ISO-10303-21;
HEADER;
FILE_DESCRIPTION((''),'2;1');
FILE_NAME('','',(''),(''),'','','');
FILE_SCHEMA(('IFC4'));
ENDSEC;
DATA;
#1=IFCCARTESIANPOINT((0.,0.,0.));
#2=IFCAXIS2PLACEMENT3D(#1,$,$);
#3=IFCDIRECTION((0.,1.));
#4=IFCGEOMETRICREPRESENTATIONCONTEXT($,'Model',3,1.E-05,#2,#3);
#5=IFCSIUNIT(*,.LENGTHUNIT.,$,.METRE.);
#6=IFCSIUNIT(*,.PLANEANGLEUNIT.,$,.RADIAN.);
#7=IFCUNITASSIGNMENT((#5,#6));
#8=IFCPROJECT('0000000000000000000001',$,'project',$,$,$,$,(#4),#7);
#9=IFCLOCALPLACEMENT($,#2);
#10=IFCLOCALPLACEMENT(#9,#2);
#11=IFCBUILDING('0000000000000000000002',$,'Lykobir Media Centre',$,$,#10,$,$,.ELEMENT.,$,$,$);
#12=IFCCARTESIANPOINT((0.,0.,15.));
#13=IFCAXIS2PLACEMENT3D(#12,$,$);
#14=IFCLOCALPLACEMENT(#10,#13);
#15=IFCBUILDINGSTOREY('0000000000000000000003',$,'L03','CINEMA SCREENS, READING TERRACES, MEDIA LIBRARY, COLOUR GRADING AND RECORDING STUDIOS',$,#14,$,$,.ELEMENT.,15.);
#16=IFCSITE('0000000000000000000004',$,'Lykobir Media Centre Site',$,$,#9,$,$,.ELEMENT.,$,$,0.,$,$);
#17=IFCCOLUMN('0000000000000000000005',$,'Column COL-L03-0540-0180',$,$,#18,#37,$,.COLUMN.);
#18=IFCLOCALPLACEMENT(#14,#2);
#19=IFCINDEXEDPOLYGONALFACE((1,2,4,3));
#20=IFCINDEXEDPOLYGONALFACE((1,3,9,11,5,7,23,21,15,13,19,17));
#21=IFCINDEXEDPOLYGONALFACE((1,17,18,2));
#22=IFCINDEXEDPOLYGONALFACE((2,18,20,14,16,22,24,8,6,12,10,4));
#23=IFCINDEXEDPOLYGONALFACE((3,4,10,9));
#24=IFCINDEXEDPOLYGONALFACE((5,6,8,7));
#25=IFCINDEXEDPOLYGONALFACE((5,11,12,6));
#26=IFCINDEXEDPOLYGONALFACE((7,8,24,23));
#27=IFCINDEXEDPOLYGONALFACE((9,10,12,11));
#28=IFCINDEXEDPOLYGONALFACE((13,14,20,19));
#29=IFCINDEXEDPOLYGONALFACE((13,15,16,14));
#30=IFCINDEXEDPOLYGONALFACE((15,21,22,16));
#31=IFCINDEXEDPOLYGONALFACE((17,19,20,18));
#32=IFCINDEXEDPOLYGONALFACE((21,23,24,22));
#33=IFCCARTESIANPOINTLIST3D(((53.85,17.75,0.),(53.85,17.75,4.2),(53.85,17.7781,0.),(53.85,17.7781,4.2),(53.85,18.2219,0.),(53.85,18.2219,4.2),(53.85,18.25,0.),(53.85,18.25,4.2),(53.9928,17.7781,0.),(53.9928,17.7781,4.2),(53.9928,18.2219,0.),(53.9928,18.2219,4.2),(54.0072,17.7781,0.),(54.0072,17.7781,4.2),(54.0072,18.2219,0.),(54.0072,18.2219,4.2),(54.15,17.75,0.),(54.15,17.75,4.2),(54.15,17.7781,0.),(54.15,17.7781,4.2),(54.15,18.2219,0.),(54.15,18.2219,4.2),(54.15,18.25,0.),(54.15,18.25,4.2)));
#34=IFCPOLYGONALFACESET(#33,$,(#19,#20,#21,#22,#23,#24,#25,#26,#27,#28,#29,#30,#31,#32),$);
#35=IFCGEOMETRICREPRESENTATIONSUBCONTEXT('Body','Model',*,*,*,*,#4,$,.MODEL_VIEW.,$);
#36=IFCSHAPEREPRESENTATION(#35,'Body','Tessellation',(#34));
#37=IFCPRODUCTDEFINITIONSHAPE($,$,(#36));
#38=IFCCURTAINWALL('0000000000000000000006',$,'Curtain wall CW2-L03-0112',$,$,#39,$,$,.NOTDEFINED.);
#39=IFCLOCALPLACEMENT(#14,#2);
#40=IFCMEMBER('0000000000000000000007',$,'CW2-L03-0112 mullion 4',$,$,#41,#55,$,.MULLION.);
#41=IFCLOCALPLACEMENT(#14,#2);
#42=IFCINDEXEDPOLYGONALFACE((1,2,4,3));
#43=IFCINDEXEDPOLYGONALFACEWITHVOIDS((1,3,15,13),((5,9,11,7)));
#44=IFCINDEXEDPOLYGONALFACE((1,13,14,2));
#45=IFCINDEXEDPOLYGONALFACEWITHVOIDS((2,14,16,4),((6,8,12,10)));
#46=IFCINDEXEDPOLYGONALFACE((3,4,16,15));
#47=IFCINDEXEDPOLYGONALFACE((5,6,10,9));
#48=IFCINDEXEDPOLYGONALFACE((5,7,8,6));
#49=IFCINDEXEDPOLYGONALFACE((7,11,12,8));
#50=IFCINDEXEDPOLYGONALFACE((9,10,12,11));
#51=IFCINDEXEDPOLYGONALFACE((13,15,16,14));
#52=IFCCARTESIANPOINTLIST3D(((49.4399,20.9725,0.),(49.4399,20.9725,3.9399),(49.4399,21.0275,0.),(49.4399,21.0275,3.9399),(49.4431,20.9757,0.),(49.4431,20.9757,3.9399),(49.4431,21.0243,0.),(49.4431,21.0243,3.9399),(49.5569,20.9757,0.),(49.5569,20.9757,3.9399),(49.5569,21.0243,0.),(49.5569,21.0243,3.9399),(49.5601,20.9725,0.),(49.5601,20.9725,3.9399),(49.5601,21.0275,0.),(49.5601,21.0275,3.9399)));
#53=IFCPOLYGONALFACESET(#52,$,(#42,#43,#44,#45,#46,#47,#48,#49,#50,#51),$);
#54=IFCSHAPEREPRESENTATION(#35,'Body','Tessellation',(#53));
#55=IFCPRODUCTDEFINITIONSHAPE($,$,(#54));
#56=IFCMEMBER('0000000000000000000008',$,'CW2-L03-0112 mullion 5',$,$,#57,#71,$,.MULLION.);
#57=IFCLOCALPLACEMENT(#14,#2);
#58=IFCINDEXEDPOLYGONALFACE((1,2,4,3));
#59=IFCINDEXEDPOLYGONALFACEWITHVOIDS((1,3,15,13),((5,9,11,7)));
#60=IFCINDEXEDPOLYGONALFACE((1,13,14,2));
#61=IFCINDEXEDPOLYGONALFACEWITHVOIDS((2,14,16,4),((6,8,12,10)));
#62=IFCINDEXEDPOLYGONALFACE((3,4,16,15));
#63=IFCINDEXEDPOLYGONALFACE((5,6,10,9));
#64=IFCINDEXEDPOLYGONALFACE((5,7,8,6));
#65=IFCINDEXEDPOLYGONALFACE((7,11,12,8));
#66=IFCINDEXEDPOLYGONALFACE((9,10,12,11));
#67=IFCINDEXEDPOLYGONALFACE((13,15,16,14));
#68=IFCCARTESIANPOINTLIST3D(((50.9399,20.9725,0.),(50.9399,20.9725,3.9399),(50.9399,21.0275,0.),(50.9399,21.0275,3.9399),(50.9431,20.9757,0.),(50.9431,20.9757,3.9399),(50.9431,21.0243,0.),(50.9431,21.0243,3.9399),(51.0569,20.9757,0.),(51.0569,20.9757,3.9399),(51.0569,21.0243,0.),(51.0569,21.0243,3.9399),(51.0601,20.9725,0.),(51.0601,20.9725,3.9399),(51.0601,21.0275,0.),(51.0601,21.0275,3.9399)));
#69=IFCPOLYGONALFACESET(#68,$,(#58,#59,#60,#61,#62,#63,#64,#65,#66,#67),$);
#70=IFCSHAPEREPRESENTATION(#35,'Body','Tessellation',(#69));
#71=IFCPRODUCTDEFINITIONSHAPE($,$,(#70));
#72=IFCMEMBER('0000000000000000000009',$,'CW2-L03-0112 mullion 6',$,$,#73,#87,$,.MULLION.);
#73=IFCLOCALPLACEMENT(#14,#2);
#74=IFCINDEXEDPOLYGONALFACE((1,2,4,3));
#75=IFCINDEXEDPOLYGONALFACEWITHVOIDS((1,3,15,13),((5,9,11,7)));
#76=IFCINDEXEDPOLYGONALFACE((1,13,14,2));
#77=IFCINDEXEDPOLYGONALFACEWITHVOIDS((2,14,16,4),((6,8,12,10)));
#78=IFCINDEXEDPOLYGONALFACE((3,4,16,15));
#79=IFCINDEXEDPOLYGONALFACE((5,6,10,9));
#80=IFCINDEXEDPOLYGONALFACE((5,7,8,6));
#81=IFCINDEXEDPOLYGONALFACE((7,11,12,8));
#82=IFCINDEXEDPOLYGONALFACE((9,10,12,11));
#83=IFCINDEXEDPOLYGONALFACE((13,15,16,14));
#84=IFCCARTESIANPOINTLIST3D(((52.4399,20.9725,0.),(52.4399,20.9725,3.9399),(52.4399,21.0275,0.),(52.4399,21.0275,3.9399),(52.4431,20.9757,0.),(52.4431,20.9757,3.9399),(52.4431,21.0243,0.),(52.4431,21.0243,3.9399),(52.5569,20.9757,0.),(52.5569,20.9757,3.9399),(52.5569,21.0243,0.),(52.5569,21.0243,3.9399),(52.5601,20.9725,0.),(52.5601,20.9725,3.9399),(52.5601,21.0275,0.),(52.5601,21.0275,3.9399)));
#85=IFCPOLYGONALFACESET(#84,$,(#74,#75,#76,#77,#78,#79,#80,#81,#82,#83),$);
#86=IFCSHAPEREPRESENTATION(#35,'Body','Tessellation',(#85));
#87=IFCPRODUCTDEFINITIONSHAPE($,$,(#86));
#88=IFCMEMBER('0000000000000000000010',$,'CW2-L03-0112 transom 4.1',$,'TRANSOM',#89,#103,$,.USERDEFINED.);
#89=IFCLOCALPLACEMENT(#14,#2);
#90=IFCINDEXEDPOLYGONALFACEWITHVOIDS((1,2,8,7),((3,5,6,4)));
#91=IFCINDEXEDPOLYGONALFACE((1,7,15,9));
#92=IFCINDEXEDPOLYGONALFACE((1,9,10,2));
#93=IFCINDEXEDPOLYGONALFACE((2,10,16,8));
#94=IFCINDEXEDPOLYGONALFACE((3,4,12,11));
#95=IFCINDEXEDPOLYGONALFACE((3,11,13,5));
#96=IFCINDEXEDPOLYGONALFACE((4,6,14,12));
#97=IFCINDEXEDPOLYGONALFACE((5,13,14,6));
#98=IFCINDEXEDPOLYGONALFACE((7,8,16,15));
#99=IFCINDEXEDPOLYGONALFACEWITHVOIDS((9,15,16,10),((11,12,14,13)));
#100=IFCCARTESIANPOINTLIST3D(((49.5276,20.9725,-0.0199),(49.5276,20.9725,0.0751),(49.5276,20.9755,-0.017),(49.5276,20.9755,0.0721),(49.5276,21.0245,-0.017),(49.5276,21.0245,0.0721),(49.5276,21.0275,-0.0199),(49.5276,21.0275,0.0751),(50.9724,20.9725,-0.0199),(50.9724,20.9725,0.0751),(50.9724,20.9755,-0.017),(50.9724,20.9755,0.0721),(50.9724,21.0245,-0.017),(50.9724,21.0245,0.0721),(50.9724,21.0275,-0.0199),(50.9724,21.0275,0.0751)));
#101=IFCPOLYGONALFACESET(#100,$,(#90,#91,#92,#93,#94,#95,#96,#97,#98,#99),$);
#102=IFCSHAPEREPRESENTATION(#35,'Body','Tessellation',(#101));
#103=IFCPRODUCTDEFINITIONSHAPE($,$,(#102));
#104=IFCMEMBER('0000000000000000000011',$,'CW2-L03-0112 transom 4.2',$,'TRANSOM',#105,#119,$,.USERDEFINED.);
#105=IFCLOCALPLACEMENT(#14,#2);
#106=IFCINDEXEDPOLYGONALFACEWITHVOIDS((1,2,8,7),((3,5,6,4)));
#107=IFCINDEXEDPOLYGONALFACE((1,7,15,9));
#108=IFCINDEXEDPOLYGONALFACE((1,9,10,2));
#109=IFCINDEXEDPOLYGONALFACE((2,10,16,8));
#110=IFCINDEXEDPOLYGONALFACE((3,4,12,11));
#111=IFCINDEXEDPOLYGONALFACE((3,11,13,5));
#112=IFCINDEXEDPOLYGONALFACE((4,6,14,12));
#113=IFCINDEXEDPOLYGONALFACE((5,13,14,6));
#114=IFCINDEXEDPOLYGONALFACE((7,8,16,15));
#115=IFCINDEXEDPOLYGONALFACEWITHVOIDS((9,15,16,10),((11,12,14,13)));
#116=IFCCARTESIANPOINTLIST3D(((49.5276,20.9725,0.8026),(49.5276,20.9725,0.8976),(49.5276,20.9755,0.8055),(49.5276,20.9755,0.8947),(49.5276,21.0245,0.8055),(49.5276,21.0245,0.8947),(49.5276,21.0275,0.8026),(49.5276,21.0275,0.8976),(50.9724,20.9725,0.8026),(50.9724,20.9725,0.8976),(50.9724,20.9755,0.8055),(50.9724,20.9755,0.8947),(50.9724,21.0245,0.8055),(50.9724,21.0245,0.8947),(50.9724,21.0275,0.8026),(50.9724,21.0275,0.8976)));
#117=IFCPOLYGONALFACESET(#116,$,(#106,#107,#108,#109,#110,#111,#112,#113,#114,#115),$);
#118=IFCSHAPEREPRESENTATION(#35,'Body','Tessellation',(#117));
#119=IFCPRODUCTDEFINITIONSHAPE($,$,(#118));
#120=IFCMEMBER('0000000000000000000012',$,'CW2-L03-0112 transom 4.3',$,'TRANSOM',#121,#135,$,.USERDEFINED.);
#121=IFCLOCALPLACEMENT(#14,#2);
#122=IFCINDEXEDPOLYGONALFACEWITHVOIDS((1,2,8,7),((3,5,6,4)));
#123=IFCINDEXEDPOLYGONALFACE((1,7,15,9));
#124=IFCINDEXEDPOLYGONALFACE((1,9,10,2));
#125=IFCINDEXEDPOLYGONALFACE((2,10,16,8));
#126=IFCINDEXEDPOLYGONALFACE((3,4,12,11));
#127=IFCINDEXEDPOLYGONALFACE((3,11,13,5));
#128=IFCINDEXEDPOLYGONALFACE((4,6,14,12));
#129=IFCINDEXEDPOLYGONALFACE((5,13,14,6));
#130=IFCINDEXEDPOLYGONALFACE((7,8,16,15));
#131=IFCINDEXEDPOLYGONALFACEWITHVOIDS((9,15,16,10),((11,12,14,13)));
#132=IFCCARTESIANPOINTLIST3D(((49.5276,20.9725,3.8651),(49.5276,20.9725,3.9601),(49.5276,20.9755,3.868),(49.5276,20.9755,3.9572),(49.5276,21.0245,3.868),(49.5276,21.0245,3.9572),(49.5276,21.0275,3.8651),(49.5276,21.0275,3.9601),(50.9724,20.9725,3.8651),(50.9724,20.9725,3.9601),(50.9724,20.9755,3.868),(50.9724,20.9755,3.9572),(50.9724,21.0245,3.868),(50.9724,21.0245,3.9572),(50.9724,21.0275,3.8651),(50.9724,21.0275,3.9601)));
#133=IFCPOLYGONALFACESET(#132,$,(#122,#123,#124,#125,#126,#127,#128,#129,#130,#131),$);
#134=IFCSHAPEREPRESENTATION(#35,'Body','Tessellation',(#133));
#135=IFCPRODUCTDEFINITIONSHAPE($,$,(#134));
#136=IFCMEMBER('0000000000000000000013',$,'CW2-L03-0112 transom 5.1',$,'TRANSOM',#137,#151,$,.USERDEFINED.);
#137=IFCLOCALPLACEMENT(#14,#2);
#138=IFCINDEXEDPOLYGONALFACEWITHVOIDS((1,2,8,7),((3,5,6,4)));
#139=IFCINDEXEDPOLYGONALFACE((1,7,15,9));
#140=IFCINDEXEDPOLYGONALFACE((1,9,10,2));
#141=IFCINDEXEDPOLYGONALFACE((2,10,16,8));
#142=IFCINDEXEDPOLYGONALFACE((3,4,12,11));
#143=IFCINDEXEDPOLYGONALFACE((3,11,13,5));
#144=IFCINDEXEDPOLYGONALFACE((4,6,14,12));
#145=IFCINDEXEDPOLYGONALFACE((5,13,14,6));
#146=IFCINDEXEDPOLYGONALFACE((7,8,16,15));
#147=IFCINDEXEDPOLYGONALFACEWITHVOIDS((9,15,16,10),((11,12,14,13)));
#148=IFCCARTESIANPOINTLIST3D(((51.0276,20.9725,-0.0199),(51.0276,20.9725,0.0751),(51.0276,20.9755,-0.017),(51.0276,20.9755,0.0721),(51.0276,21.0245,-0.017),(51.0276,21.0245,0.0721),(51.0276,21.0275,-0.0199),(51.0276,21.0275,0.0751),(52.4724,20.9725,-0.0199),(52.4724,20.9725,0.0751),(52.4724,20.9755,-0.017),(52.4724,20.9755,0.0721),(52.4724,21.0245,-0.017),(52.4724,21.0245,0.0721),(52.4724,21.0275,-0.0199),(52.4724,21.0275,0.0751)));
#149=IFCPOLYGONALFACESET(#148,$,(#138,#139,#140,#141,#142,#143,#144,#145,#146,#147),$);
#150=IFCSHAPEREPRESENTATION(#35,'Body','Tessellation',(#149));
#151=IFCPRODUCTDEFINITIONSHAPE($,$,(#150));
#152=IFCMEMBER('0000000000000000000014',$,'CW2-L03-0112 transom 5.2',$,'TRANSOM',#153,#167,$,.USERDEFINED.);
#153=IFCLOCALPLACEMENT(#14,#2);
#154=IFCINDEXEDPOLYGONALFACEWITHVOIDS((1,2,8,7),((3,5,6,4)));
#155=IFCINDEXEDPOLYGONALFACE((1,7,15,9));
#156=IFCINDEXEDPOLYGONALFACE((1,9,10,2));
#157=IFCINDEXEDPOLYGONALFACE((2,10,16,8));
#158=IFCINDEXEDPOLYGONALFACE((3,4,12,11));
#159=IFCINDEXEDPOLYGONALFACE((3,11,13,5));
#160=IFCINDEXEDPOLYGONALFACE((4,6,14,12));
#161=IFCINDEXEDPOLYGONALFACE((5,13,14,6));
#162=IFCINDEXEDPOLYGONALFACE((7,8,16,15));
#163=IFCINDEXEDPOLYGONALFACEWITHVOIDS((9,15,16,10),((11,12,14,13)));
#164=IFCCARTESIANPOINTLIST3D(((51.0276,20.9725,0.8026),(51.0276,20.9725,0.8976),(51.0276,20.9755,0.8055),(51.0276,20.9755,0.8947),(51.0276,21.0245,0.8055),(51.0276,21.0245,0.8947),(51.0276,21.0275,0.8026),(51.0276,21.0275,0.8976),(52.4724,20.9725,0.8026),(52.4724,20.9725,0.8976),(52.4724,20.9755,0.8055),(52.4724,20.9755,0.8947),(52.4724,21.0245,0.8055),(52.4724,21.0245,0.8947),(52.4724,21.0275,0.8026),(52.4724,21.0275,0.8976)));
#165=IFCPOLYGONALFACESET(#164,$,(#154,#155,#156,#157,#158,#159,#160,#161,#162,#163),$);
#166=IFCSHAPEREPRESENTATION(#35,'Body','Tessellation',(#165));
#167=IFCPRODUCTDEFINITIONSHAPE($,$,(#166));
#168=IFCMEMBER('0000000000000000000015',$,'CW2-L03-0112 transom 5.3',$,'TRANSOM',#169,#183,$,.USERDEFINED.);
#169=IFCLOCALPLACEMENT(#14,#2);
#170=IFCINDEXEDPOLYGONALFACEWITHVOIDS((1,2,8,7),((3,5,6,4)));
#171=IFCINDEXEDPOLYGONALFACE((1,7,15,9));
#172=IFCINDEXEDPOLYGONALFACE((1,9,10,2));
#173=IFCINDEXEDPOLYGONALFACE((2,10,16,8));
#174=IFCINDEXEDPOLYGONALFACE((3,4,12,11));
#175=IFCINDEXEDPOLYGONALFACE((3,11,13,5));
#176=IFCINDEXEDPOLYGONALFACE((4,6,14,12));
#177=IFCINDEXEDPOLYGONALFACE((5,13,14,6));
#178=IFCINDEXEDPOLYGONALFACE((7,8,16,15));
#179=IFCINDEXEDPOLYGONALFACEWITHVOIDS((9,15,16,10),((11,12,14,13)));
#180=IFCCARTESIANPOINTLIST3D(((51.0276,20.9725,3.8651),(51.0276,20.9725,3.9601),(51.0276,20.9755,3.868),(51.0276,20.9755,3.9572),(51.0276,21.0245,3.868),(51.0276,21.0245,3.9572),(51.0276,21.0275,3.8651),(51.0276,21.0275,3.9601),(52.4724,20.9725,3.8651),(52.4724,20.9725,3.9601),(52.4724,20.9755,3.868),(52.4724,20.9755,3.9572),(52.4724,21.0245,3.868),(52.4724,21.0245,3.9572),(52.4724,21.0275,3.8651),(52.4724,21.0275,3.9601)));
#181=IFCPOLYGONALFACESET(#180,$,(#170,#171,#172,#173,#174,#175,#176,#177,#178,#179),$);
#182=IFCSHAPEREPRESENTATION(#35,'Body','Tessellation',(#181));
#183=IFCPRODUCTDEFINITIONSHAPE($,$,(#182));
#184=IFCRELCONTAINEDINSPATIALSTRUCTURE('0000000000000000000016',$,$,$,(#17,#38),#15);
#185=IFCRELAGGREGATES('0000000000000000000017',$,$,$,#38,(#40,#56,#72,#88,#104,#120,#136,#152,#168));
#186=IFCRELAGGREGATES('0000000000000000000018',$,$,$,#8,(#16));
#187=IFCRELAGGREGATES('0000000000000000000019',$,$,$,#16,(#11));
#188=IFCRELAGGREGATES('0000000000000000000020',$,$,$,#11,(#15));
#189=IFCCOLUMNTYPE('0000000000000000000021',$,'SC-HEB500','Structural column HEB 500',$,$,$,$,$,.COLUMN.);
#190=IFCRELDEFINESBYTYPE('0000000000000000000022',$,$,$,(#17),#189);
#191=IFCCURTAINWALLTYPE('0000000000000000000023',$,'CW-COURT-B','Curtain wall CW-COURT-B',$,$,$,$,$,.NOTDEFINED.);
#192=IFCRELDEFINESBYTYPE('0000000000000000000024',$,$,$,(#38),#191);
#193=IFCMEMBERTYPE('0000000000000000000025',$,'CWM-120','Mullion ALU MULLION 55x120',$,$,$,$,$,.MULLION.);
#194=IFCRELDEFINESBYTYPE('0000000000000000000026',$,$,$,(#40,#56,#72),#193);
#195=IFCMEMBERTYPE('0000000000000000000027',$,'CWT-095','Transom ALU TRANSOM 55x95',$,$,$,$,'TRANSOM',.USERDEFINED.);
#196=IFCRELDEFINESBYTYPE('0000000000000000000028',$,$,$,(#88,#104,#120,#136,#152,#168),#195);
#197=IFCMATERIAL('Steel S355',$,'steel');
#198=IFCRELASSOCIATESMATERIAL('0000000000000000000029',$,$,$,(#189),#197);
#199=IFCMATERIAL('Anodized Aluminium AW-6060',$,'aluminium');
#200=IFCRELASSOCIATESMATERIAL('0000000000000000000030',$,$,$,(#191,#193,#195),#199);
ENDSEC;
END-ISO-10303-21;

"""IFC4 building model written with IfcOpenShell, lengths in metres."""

from ifc_helpers import new_model, si_unit, direction, frame, origin, origin_2d, place, context, subcontext, project, spatial, hollow_rectangle, i_section, extrude, material, material_profile, profile_set, type_object, element, aggregate, save


model = new_model("IFC4")

# Units and contexts
model_context = context("Model", 3, precision=1e-05, world=origin(), true_north=direction((0.0, 1.0)))
body_context = subcontext(model_context, "Body", "Model", "MODEL_VIEW")
ifc_project = project(units=[si_unit("LENGTHUNIT", "METRE"), si_unit("PLANEANGLEUNIT", "RADIAN")], contexts=[model_context])

# Site, building, storey
site_placement = place(None, origin())
site = spatial("IfcSite", under=ifc_project, at=site_placement, Name="Lykobir Media Centre Site", CompositionType="ELEMENT", RefElevation=0.0)
building_placement = place(site_placement, origin())
building = spatial("IfcBuilding", under=site, at=building_placement, Name="Lykobir Media Centre", CompositionType="ELEMENT")
storey_placement = place(building_placement, frame((0.0, 0.0, 15.0)))
storey = spatial("IfcBuildingStorey", under=building, at=storey_placement, Name="L03", Description="CINEMA SCREENS, READING TERRACES, MEDIA LIBRARY, COLOUR GRADING AND RECORDING STUDIOS", CompositionType="ELEMENT", Elevation=15.0)

# Column
ifc_material_1 = material(Name="Steel S355", Category="steel")
ifc_material_profile_1 = material_profile(ifc_material_1, i_section(OverallWidth=0.3, OverallDepth=0.5, WebThickness=0.0144, FlangeThickness=0.0281, at=origin_2d()), Name="HEB 500")
ifc_profile_set_1 = profile_set([ifc_material_profile_1], Name="Steel S355")
column_type = type_object("IfcColumnType", Name="SC-HEB500", Description="Structural column HEB 500", PredefinedType="COLUMN", material=ifc_profile_set_1)
column_placement = place(storey_placement, frame((54.0, 18.0, 0.0), z_axis=(0.0, 0.0, 1.0), x_axis=(1.0, 0.0, 0.0)))
element("IfcColumn", 1, at=column_placement, inside=storey, type_object=column_type, Name="Column COL-L03-0540-0180", PredefinedType="COLUMN", context=body_context, shape_type="SweptSolid", body=[
    extrude(i_section(OverallWidth=0.3, OverallDepth=0.5, WebThickness=0.0144, FlangeThickness=0.0281, at=origin_2d()), origin(), (0.0, 0.0, 1.0), 4.2),
])

# Curtain wall, members
ifc_material_2 = material(Name="Anodized Aluminium AW-6060", Category="aluminium")
curtain_wall_type = type_object("IfcCurtainWallType", Name="CW-COURT-B", Description="Curtain wall CW-COURT-B", PredefinedType="NOTDEFINED", material=ifc_material_2)
curtain_wall_placement = place(storey_placement, origin())
curtain_wall = element("IfcCurtainWall", 2, at=curtain_wall_placement, inside=storey, type_object=curtain_wall_type, Name="Curtain wall CW2-L03-0112", PredefinedType="NOTDEFINED")
ifc_material_profile_2 = material_profile(ifc_material_2, hollow_rectangle(XDim=0.0549, YDim=0.1201, WallThickness=0.0032, at=origin_2d()), Name="ALU MULLION 55x120")
ifc_profile_set_2 = profile_set([ifc_material_profile_2], Name="Anodized Aluminium AW-6060")
member_type_1 = type_object("IfcMemberType", Name="CWM-120", Description="Mullion ALU MULLION 55x120", PredefinedType="MULLION", material=ifc_profile_set_2)
member_1_placement = place(storey_placement, frame((49.5, 21.0, 0.0), z_axis=(0.0, 0.0, 1.0), x_axis=(0.0, 1.0, 0.0)))
member_1 = element("IfcMember", 3, at=member_1_placement, type_object=member_type_1, Name="CW2-L03-0112 mullion 4", PredefinedType="MULLION", context=body_context, shape_type="SweptSolid", body=[
    extrude(hollow_rectangle(XDim=0.0549, YDim=0.1201, WallThickness=0.0032, at=origin_2d()), origin(), (0.0, 0.0, 1.0), 3.9399),
])
member_2_placement = place(storey_placement, frame((51.0, 21.0, 0.0), z_axis=(0.0, 0.0, 1.0), x_axis=(0.0, 1.0, 0.0)))
member_2 = element("IfcMember", 4, at=member_2_placement, type_object=member_type_1, Name="CW2-L03-0112 mullion 5", PredefinedType="MULLION", context=body_context, shape_type="SweptSolid", body=[
    extrude(hollow_rectangle(XDim=0.0549, YDim=0.1201, WallThickness=0.0032, at=origin_2d()), origin(), (0.0, 0.0, 1.0), 3.9399),
])
member_3_placement = place(storey_placement, frame((52.5, 21.0, 0.0), z_axis=(0.0, 0.0, 1.0), x_axis=(0.0, 1.0, 0.0)))
member_3 = element("IfcMember", 5, at=member_3_placement, type_object=member_type_1, Name="CW2-L03-0112 mullion 6", PredefinedType="MULLION", context=body_context, shape_type="SweptSolid", body=[
    extrude(hollow_rectangle(XDim=0.0549, YDim=0.1201, WallThickness=0.0032, at=origin_2d()), origin(), (0.0, 0.0, 1.0), 3.9399),
])
ifc_material_profile_3 = material_profile(ifc_material_2, hollow_rectangle(XDim=0.0549, YDim=0.095, WallThickness=0.0029, at=origin_2d()), Name="ALU TRANSOM 55x95")
ifc_profile_set_3 = profile_set([ifc_material_profile_3], Name="Anodized Aluminium AW-6060")
member_type_2 = type_object("IfcMemberType", Name="CWT-095", Description="Transom ALU TRANSOM 55x95", ElementType="TRANSOM", PredefinedType="USERDEFINED", material=ifc_profile_set_3)
member_4_placement = place(storey_placement, frame((49.5276, 21.0, 0.0276), z_axis=(1.0, 0.0, 0.0), x_axis=(0.0, 1.0, 0.0)))
member_4 = element("IfcMember", 6, at=member_4_placement, type_object=member_type_2, Name="CW2-L03-0112 transom 4.1", ObjectType="TRANSOM", PredefinedType="USERDEFINED", context=body_context, shape_type="SweptSolid", body=[
    extrude(hollow_rectangle(XDim=0.0549, YDim=0.095, WallThickness=0.0029, at=origin_2d()), origin(), (0.0, 0.0, 1.0), 1.4448),
])
member_5_placement = place(storey_placement, frame((49.5276, 21.0, 0.8501), z_axis=(1.0, 0.0, 0.0), x_axis=(0.0, 1.0, 0.0)))
member_5 = element("IfcMember", 7, at=member_5_placement, type_object=member_type_2, Name="CW2-L03-0112 transom 4.2", ObjectType="TRANSOM", PredefinedType="USERDEFINED", context=body_context, shape_type="SweptSolid", body=[
    extrude(hollow_rectangle(XDim=0.0549, YDim=0.095, WallThickness=0.0029, at=origin_2d()), origin(), (0.0, 0.0, 1.0), 1.4448),
])
member_6_placement = place(storey_placement, frame((49.5276, 21.0, 3.9126), z_axis=(1.0, 0.0, 0.0), x_axis=(0.0, 1.0, 0.0)))
member_6 = element("IfcMember", 8, at=member_6_placement, type_object=member_type_2, Name="CW2-L03-0112 transom 4.3", ObjectType="TRANSOM", PredefinedType="USERDEFINED", context=body_context, shape_type="SweptSolid", body=[
    extrude(hollow_rectangle(XDim=0.0549, YDim=0.095, WallThickness=0.0029, at=origin_2d()), origin(), (0.0, 0.0, 1.0), 1.4448),
])
member_7_placement = place(storey_placement, frame((51.0276, 21.0, 0.0276), z_axis=(1.0, 0.0, 0.0), x_axis=(0.0, 1.0, 0.0)))
member_7 = element("IfcMember", 9, at=member_7_placement, type_object=member_type_2, Name="CW2-L03-0112 transom 5.1", ObjectType="TRANSOM", PredefinedType="USERDEFINED", context=body_context, shape_type="SweptSolid", body=[
    extrude(hollow_rectangle(XDim=0.0549, YDim=0.095, WallThickness=0.0029, at=origin_2d()), origin(), (0.0, 0.0, 1.0), 1.4448),
])
member_8_placement = place(storey_placement, frame((51.0276, 21.0, 0.8501), z_axis=(1.0, 0.0, 0.0), x_axis=(0.0, 1.0, 0.0)))
member_8 = element("IfcMember", 10, at=member_8_placement, type_object=member_type_2, Name="CW2-L03-0112 transom 5.2", ObjectType="TRANSOM", PredefinedType="USERDEFINED", context=body_context, shape_type="SweptSolid", body=[
    extrude(hollow_rectangle(XDim=0.0549, YDim=0.095, WallThickness=0.0029, at=origin_2d()), origin(), (0.0, 0.0, 1.0), 1.4448),
])
member_9_placement = place(storey_placement, frame((51.0276, 21.0, 3.9126), z_axis=(1.0, 0.0, 0.0), x_axis=(0.0, 1.0, 0.0)))
member_9 = element("IfcMember", 11, at=member_9_placement, type_object=member_type_2, Name="CW2-L03-0112 transom 5.3", ObjectType="TRANSOM", PredefinedType="USERDEFINED", context=body_context, shape_type="SweptSolid", body=[
    extrude(hollow_rectangle(XDim=0.0549, YDim=0.095, WallThickness=0.0029, at=origin_2d()), origin(), (0.0, 0.0, 1.0), 1.4448),
])

aggregate(curtain_wall, [member_1, member_2, member_3, member_4, member_5, member_6, member_7, member_8, member_9])

save(model, "model.ifc")
